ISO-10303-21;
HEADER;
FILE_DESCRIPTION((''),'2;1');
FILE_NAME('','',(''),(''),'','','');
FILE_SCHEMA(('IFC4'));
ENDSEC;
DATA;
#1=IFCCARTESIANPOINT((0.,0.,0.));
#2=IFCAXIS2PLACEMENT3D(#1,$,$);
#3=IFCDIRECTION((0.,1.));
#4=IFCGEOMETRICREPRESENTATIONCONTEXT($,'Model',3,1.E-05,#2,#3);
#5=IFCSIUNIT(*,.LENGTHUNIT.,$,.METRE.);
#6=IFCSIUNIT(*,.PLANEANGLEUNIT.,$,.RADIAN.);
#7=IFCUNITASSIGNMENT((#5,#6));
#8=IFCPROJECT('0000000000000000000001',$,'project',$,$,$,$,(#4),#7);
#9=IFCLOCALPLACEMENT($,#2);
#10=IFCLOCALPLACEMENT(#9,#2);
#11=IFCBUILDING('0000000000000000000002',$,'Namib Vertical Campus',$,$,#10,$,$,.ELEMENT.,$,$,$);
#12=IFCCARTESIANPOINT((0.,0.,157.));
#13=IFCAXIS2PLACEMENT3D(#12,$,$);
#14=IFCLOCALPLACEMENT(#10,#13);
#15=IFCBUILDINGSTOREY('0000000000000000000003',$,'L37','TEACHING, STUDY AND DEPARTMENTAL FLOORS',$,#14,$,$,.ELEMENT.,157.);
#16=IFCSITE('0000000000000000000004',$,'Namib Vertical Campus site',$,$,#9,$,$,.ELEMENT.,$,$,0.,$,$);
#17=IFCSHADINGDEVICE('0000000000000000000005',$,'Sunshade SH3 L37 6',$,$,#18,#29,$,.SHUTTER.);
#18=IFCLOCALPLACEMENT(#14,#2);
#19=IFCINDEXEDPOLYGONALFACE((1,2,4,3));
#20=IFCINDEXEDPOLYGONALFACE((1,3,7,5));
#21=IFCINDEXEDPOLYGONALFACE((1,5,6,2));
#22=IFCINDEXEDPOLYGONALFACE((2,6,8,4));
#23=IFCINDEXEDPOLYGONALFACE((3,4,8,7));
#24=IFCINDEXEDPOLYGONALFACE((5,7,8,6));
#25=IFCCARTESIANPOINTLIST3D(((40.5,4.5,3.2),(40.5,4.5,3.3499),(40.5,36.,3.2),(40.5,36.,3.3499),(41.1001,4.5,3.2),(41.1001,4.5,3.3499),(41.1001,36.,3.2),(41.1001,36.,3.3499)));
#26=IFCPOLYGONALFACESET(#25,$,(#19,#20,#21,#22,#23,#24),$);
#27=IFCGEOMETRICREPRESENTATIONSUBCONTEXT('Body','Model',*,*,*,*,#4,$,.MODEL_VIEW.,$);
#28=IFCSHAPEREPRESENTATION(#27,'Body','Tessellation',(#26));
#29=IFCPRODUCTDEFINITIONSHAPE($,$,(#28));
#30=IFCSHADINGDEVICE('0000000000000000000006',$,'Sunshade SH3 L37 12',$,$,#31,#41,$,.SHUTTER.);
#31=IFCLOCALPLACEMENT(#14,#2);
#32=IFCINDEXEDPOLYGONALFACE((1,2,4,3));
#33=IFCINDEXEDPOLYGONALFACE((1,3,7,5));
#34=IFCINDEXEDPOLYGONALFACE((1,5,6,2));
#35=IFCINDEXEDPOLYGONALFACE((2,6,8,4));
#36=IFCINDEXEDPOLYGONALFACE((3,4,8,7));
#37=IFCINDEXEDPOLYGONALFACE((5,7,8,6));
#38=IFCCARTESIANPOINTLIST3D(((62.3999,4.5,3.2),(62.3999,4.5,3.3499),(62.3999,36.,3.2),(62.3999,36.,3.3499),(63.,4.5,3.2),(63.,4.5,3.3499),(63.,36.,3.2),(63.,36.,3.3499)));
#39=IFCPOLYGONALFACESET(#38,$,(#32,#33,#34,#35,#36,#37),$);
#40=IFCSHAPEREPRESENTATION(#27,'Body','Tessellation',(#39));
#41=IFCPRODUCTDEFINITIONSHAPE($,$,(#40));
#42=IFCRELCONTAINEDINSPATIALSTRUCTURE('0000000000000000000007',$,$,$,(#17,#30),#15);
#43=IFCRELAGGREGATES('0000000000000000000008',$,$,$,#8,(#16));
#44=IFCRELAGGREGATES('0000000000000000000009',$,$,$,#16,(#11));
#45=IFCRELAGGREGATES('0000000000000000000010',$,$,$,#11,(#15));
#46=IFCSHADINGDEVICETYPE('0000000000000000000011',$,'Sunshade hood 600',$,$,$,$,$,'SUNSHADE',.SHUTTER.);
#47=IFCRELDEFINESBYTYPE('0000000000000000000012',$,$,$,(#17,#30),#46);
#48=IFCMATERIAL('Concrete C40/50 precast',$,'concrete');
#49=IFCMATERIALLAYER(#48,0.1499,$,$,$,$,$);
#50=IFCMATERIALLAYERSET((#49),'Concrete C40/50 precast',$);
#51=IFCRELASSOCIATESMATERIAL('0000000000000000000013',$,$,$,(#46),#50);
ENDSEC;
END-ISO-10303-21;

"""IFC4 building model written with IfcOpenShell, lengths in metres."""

from ifc_helpers import new_model, si_unit, direction, frame, origin, origin_2d, place, context, subcontext, project, spatial, rectangle, extrude, material, layer, layer_set, type_object, element, save


model = new_model("IFC4")

# Units and contexts
model_context = context("Model", 3, precision=1e-05, world=origin(), true_north=direction((0.0, 1.0)))
body_context = subcontext(model_context, "Body", "Model", "MODEL_VIEW")
ifc_project = project(units=[si_unit("LENGTHUNIT", "METRE"), si_unit("PLANEANGLEUNIT", "RADIAN")], contexts=[model_context])

# Site, building, storey
site_placement = place(None, origin())
site = spatial("IfcSite", under=ifc_project, at=site_placement, Name="Namib Vertical Campus site", CompositionType="ELEMENT", RefElevation=0.0)
building_placement = place(site_placement, origin())
building = spatial("IfcBuilding", under=site, at=building_placement, Name="Namib Vertical Campus", CompositionType="ELEMENT")
storey_placement = place(building_placement, frame((0.0, 0.0, 157.0)))
storey = spatial("IfcBuildingStorey", under=building, at=storey_placement, Name="L37", Description="TEACHING, STUDY AND DEPARTMENTAL FLOORS", CompositionType="ELEMENT", Elevation=157.0)

# Shading devices
ifc_material_1 = material(Name="Concrete C40/50 precast", Category="concrete")
ifc_layer_1 = layer(ifc_material_1, 0.1499)
ifc_layer_set_1 = layer_set([ifc_layer_1], Name="Concrete C40/50 precast")
shading_device_type = type_object("IfcShadingDeviceType", Name="Sunshade hood 600", ElementType="SUNSHADE", PredefinedType="SHUTTER", material=ifc_layer_set_1)
for number, where, z_axis, x_axis, name in (
    (1, (40.8, 20.25, 3.2), (0.0, 0.0, 1.0), (0.0, 1.0, 0.0), "Sunshade SH3 L37 6"),
    (2, (62.7, 20.25, 3.2), (0.0, 0.0, 1.0), (0.0, -1.0, 0.0), "Sunshade SH3 L37 12"),
):
    element("IfcShadingDevice", number, at=place(storey_placement, frame(where, z_axis=z_axis, x_axis=x_axis)), inside=storey, type_object=shading_device_type, Name=name, PredefinedType="SHUTTER", context=body_context, shape_type="SweptSolid", body=[
        extrude(rectangle(XDim=31.5, YDim=0.6001, at=origin_2d()), origin(), (0.0, 0.0, 1.0), 0.1499),
    ])

save(model, "model.ifc")
